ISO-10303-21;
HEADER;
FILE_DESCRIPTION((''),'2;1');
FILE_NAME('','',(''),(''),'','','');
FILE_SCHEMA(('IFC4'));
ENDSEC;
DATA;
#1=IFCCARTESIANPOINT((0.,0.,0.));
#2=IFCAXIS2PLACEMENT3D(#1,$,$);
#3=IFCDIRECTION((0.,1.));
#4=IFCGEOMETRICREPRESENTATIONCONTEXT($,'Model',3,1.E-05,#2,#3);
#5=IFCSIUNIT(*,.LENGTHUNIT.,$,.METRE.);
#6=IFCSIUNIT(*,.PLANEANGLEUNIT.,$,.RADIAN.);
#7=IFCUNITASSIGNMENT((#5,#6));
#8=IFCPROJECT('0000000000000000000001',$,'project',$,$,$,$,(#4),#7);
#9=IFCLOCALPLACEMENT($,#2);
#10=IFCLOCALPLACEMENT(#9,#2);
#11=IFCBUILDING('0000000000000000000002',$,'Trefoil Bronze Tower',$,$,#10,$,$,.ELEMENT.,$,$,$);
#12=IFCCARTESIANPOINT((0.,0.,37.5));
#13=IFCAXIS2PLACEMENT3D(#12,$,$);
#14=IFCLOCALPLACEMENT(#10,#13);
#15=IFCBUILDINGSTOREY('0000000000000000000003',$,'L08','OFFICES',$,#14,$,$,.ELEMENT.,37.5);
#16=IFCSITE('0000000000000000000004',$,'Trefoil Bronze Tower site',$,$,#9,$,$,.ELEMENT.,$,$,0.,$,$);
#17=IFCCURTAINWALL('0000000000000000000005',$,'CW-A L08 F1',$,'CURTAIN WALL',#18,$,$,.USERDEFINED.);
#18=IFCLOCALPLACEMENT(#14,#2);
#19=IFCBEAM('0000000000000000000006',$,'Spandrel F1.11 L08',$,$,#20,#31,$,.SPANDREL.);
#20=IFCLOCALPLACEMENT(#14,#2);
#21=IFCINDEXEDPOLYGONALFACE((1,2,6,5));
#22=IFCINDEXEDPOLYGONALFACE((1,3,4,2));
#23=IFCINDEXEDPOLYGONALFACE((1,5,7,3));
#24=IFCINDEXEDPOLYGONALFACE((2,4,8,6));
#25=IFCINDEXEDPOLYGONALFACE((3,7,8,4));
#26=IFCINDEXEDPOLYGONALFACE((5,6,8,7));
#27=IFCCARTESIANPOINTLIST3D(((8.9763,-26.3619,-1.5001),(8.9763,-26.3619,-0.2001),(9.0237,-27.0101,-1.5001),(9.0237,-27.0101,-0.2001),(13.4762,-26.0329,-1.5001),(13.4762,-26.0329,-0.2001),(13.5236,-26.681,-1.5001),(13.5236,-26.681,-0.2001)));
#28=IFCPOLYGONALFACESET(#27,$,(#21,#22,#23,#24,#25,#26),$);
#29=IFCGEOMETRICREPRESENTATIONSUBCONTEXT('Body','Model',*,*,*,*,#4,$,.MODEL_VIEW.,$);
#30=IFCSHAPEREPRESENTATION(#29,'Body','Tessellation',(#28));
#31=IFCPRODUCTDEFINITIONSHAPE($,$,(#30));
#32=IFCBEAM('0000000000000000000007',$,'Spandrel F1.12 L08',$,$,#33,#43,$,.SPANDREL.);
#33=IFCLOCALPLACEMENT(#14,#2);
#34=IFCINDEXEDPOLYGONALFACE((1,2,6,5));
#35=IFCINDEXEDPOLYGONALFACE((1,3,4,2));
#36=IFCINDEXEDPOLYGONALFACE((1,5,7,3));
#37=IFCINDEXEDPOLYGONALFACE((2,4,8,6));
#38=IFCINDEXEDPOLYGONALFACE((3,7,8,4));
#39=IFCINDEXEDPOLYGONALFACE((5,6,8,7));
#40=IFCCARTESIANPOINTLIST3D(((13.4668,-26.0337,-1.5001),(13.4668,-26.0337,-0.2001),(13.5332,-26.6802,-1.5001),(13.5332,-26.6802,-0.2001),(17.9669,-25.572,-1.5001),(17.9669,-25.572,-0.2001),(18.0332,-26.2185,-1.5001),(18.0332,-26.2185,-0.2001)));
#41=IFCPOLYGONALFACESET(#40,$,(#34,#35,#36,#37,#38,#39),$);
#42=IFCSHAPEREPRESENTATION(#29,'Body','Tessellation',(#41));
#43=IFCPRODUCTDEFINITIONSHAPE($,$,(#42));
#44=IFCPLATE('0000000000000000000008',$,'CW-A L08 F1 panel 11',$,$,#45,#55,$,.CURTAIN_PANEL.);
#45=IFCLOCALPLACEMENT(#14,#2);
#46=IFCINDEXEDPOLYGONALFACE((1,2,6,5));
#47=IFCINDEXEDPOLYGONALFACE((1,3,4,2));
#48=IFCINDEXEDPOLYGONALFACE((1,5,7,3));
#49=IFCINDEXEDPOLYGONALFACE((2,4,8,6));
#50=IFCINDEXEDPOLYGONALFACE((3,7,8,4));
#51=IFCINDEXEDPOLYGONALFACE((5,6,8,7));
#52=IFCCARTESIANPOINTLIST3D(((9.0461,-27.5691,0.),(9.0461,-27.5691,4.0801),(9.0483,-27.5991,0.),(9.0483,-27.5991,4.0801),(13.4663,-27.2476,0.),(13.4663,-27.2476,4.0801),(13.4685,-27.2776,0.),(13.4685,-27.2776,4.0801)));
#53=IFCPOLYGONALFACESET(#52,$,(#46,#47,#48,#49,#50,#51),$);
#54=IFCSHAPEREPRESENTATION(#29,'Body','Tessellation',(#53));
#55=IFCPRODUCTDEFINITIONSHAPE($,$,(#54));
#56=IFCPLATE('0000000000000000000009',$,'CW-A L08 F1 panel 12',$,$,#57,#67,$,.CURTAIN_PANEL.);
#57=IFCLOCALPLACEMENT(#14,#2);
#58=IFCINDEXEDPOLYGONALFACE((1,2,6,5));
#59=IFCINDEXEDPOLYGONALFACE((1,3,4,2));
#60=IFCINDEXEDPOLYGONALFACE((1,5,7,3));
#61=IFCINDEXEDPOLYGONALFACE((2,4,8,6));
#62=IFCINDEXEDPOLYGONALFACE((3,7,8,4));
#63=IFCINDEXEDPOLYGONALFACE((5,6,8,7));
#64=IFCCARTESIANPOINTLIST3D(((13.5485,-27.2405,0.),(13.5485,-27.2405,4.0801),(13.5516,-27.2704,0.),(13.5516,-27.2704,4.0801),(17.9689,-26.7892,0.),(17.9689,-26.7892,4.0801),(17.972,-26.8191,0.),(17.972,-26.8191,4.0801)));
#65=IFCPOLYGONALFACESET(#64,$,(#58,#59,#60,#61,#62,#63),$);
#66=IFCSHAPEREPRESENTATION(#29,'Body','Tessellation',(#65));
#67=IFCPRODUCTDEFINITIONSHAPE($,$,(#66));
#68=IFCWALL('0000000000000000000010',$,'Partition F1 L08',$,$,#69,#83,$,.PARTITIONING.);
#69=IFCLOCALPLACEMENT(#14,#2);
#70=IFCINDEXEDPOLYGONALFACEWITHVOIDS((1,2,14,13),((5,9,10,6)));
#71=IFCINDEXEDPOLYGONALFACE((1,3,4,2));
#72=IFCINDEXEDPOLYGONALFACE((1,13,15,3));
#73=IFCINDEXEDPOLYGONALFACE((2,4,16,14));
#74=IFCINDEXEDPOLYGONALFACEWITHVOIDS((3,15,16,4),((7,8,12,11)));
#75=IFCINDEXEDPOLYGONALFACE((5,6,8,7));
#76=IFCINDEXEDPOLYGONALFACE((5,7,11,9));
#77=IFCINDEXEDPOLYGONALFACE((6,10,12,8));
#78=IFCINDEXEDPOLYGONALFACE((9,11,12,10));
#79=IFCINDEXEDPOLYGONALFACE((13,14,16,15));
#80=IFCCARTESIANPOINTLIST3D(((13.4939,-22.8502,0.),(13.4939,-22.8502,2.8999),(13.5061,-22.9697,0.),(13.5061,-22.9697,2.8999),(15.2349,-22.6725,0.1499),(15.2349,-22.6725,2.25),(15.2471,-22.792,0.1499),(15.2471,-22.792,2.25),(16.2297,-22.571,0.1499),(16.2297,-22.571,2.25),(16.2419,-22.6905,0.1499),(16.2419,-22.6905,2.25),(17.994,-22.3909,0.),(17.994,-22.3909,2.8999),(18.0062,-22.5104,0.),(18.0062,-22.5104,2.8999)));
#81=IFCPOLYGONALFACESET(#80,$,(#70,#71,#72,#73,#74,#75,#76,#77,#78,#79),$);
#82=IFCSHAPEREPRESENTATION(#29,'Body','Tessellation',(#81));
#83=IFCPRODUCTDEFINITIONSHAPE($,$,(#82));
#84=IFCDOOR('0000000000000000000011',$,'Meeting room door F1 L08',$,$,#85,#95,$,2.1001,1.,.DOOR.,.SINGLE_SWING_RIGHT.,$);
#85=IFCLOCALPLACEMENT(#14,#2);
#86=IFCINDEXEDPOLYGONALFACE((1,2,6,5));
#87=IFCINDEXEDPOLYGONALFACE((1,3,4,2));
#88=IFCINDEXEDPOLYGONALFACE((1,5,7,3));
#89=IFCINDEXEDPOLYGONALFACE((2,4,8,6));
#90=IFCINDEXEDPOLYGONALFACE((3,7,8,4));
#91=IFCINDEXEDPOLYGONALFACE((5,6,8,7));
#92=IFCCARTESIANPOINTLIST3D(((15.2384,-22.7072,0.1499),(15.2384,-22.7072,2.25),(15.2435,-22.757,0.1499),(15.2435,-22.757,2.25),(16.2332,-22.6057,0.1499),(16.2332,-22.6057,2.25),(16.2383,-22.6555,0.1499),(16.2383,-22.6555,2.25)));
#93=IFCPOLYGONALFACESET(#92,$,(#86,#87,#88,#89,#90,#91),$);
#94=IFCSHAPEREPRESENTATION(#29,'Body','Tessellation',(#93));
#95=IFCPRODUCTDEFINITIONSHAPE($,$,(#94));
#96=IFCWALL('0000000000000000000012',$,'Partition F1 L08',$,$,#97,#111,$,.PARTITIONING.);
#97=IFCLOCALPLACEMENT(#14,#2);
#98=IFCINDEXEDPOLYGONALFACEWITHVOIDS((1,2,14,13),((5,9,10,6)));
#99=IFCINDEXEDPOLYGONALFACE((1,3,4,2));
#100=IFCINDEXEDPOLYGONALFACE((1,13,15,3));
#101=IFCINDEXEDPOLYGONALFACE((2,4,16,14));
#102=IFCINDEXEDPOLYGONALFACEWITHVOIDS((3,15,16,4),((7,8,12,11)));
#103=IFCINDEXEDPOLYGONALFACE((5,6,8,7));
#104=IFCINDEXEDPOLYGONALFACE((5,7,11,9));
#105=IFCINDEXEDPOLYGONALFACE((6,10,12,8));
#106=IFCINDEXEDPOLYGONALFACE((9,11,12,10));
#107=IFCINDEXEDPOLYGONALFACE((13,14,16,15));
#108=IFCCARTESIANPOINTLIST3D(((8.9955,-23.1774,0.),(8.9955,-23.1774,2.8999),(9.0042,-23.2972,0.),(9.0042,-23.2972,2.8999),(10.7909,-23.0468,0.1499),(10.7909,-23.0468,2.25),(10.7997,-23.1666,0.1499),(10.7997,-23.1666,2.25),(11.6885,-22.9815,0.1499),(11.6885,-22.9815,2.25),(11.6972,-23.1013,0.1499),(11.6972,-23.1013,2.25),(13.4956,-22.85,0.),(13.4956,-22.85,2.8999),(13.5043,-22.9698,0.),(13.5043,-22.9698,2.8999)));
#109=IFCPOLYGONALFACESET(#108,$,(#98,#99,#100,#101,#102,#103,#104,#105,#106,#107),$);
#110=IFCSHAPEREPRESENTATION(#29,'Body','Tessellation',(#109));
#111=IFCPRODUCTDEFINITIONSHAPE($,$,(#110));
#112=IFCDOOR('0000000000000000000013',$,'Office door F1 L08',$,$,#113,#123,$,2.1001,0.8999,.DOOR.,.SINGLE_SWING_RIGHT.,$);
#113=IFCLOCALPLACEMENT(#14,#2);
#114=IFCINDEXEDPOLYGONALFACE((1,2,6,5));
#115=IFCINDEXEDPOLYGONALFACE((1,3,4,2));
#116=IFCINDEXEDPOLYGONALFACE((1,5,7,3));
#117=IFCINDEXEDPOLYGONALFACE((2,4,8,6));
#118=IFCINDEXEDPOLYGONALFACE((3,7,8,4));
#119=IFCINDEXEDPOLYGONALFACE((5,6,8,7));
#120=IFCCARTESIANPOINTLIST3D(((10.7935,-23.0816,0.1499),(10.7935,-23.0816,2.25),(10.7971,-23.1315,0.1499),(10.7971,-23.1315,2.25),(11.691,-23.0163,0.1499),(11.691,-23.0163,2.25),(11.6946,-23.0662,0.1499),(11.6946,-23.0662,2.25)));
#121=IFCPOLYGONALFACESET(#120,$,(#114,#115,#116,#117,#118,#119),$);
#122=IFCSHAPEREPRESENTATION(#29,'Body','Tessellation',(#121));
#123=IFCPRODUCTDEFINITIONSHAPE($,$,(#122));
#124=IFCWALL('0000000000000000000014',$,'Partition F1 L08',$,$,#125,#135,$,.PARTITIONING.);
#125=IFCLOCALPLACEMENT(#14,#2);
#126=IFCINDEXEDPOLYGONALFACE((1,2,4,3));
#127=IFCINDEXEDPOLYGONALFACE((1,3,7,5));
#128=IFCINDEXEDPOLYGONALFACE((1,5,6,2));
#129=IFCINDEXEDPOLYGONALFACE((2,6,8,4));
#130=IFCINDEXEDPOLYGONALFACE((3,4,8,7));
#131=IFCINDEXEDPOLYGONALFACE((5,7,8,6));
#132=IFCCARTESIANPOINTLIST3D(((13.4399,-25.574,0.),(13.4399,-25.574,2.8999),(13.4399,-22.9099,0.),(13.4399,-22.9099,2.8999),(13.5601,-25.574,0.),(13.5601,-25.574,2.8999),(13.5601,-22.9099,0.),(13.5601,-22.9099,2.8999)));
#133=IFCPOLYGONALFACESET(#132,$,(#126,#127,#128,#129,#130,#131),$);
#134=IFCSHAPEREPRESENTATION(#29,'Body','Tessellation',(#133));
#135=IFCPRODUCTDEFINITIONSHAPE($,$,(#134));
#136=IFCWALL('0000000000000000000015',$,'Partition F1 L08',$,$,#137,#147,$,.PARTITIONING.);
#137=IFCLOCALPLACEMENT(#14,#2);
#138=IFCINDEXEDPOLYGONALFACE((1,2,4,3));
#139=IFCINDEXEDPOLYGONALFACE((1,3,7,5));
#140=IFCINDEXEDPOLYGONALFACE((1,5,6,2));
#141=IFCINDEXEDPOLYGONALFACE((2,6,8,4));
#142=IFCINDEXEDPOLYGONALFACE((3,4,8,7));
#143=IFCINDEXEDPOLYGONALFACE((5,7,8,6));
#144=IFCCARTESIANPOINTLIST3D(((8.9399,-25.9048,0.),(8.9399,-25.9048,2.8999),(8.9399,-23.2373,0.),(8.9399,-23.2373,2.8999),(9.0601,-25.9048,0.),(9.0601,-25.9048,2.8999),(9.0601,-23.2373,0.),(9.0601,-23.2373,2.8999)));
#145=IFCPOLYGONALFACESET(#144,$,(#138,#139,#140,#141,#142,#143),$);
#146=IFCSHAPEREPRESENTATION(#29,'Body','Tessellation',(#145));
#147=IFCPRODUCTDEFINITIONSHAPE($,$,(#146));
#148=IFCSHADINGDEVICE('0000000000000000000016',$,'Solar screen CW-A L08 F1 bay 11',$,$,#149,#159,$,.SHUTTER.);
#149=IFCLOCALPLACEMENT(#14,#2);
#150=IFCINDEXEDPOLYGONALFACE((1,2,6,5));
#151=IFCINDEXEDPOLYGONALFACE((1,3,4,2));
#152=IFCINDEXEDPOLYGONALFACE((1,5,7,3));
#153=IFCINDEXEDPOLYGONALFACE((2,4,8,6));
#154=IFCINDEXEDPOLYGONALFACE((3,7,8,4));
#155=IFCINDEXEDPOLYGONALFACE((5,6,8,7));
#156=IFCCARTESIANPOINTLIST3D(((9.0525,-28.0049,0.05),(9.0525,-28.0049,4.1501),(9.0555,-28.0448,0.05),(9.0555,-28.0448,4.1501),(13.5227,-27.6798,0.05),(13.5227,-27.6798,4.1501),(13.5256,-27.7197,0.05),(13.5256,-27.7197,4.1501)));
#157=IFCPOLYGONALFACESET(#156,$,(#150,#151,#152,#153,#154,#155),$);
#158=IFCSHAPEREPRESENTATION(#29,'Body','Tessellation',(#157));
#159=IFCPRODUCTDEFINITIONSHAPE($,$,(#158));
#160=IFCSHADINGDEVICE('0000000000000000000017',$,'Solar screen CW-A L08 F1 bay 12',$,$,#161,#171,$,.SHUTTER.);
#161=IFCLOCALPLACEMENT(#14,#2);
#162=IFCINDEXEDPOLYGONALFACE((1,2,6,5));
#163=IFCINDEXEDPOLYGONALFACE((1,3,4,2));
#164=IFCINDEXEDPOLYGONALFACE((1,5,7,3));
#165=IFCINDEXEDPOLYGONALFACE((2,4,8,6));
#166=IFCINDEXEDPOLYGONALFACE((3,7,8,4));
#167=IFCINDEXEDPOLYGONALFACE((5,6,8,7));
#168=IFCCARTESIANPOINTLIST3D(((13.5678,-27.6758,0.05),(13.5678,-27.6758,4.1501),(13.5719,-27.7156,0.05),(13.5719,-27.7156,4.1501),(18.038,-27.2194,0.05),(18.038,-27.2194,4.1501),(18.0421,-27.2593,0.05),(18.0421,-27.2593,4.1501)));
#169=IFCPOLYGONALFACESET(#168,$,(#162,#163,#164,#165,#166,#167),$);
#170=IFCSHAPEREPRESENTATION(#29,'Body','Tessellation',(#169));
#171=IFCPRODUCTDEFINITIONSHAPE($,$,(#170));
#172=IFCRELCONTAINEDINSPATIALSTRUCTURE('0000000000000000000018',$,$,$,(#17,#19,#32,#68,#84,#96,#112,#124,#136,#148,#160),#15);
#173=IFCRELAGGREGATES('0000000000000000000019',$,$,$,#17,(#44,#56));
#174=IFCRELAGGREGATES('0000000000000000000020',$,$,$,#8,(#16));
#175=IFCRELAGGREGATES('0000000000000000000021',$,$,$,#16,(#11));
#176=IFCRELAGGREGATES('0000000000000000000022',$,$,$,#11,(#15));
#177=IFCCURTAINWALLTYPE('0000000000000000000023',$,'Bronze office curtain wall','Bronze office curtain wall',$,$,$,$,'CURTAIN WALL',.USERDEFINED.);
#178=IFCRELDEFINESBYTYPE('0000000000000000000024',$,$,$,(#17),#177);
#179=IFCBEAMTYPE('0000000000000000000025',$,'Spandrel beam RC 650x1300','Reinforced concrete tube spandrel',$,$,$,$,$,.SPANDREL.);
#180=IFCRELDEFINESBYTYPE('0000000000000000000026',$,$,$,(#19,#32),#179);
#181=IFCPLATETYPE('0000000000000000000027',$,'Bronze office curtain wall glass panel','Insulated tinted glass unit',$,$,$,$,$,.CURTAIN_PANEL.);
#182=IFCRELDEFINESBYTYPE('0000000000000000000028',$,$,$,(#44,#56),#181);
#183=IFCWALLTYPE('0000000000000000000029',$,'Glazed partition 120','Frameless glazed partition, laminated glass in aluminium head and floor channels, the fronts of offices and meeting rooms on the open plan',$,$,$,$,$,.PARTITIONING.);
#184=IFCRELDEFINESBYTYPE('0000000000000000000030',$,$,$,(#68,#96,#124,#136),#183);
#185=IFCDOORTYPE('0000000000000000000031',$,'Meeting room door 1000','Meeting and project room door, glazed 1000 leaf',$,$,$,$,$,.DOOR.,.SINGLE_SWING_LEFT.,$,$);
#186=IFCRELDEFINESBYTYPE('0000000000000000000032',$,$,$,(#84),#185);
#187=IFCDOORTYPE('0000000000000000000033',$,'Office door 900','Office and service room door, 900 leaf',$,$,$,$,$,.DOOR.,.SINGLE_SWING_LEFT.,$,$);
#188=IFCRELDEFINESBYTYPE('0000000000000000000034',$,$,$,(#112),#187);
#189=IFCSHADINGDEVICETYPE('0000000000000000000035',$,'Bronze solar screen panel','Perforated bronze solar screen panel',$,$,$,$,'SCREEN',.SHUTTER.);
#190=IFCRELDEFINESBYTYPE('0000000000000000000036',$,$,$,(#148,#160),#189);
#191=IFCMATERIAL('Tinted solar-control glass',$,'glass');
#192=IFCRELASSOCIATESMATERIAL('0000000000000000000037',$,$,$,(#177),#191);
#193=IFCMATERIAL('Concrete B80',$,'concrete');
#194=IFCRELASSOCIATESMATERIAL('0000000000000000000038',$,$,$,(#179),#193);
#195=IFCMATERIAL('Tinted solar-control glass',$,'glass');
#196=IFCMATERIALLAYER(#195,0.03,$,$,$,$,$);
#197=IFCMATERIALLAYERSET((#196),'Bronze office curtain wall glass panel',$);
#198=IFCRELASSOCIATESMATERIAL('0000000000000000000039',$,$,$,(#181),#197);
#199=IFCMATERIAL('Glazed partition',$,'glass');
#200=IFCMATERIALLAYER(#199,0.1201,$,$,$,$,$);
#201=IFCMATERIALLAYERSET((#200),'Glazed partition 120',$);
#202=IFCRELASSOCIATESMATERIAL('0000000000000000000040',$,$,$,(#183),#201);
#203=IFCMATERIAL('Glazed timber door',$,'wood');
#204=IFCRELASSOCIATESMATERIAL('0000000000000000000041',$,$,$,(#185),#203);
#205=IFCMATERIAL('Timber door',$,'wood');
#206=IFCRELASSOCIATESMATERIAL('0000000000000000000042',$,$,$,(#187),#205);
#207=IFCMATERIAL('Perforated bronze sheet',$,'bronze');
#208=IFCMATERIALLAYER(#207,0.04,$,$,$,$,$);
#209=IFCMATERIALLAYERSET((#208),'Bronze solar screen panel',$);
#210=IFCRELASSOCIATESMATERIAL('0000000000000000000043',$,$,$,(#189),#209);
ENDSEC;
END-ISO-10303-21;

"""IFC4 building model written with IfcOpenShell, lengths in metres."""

from ifc_helpers import new_model, si_unit, direction, frame, frame_2d, origin, origin_2d, place, context, subcontext, project, spatial, rectangle, extrude, material, layer, layer_set, material_profile, profile_set, type_object, element, fill, aggregate, save


model = new_model("IFC4")

# Units and contexts
model_context = context("Model", 3, precision=1e-05, world=origin(), true_north=direction((0.0, 1.0)))
body_context = subcontext(model_context, "Body", "Model", "MODEL_VIEW")
ifc_project = project(units=[si_unit("LENGTHUNIT", "METRE"), si_unit("PLANEANGLEUNIT", "RADIAN")], contexts=[model_context])

# Site, building, storey
site_placement = place(None, origin())
site = spatial("IfcSite", under=ifc_project, at=site_placement, Name="Trefoil Bronze Tower site", CompositionType="ELEMENT", RefElevation=0.0)
building_placement = place(site_placement, origin())
building = spatial("IfcBuilding", under=site, at=building_placement, Name="Trefoil Bronze Tower", CompositionType="ELEMENT")
storey_placement = place(building_placement, frame((0.0, 0.0, 37.5)))
storey = spatial("IfcBuildingStorey", under=building, at=storey_placement, Name="L08", Description="OFFICES", CompositionType="ELEMENT", Elevation=37.5)

# Curtain wall
ifc_material_1 = material(Name="Tinted solar-control glass", Category="glass")
curtain_wall_type = type_object("IfcCurtainWallType", Name="Bronze office curtain wall", Description="Bronze office curtain wall", ElementType="CURTAIN WALL", PredefinedType="USERDEFINED", material=ifc_material_1)
curtain_wall_placement = place(storey_placement, origin())
curtain_wall = element("IfcCurtainWall", 1, at=curtain_wall_placement, inside=storey, type_object=curtain_wall_type, Name="CW-A L08 F1", ObjectType="CURTAIN WALL", PredefinedType="USERDEFINED")

# Beams
ifc_material_2 = material(Name="Concrete B80", Category="concrete")
ifc_material_profile_1 = material_profile(ifc_material_2, rectangle(XDim=0.6499, YDim=1.3, at=origin_2d()), Name="RC 650x1300")
ifc_profile_set_1 = profile_set([ifc_material_profile_1], Name="Concrete B80")
beam_type_1 = type_object("IfcBeamType", Name="Spandrel beam RC 650x1300", Description="Reinforced concrete tube spandrel", PredefinedType="SPANDREL", material=ifc_profile_set_1)
beam_1_placement = place(storey_placement, frame((9.0, -26.686, -0.8501), z_axis=(0.997336, 0.072939, 0.0), x_axis=(-0.072939, 0.997336, 0.0)))
element("IfcBeam", 2, at=beam_1_placement, inside=storey, type_object=beam_type_1, Name="Spandrel F1.11 L08", PredefinedType="SPANDREL", context=body_context, shape_type="SweptSolid", body=[
    extrude(rectangle(XDim=0.6499, YDim=1.3, at=origin_2d()), origin(), (0.0, 0.0, 1.0), 4.512),
])
beam_2_placement = place(storey_placement, frame((13.5, -26.3569, -0.8501), z_axis=(0.994778, 0.102058, 0.0), x_axis=(-0.102058, 0.994778, 0.0)))
element("IfcBeam", 3, at=beam_2_placement, inside=storey, type_object=beam_type_1, Name="Spandrel F1.12 L08", PredefinedType="SPANDREL", context=body_context, shape_type="SweptSolid", body=[
    extrude(rectangle(XDim=0.6499, YDim=1.3, at=origin_2d()), origin(), (0.0, 0.0, 1.0), 4.5237),
])

# Plates
ifc_material_3 = material(Name="Tinted solar-control glass", Category="glass")
ifc_layer_1 = layer(ifc_material_3, 0.03)
ifc_layer_set_1 = layer_set([ifc_layer_1], Name="Bronze office curtain wall glass panel")
plate_type = type_object("IfcPlateType", Name="Bronze office curtain wall glass panel", Description="Insulated tinted glass unit", PredefinedType="CURTAIN_PANEL", material=ifc_layer_set_1)
plate_1_placement = place(storey_placement, frame((11.2573, -27.4233, 0.0), z_axis=(0.0, 0.0, 1.0), x_axis=(0.997365, 0.072547, 0.0)))
plate_1 = element("IfcPlate", 4, at=plate_1_placement, type_object=plate_type, Name="CW-A L08 F1 panel 11", PredefinedType="CURTAIN_PANEL", context=body_context, shape_type="SweptSolid", body=[
    extrude(rectangle(XDim=4.4319, YDim=0.03, at=origin_2d()), origin(), (0.0, 0.0, 1.0), 4.0801),
])
plate_2_placement = place(storey_placement, frame((15.7603, -27.0298, 0.0), z_axis=(0.0, 0.0, 1.0), x_axis=(0.994829, 0.101565, 0.0)))
plate_2 = element("IfcPlate", 5, at=plate_2_placement, type_object=plate_type, Name="CW-A L08 F1 panel 12", PredefinedType="CURTAIN_PANEL", context=body_context, shape_type="SweptSolid", body=[
    extrude(rectangle(XDim=4.4434, YDim=0.03, at=origin_2d()), origin(), (0.0, 0.0, 1.0), 4.0801),
])
aggregate(curtain_wall, [plate_1, plate_2])

# Walls, openings, doors
ifc_material_4 = material(Name="Glazed partition", Category="glass")
ifc_layer_2 = layer(ifc_material_4, 0.1201)
ifc_layer_set_2 = layer_set([ifc_layer_2], Name="Glazed partition 120")
wall_type = type_object("IfcWallType", Name="Glazed partition 120", Description="Frameless glazed partition, laminated glass in aluminium head and floor channels, the fronts of offices and meeting rooms on the open plan", PredefinedType="PARTITIONING", material=ifc_layer_set_2)
wall_1_placement = place(storey_placement, frame((13.5, -22.9099, 0.0), z_axis=(0.0, 0.0, 1.0), x_axis=(0.994833, 0.101523, 0.0)))
wall_1 = element("IfcWall", 6, at=wall_1_placement, inside=storey, type_object=wall_type, Name="Partition F1 L08", PredefinedType="PARTITIONING", context=body_context, shape_type="SweptSolid", body=[
    extrude(rectangle(XDim=4.5234, YDim=0.1201, at=frame_2d((2.2617, 0.0))), origin(), (0.0, 0.0, 1.0), 2.8999),
])
opening_1_placement = place(wall_1_placement, frame((1.75, 0.0, 0.1499)))
opening_1 = element("IfcOpeningElement", 7, at=opening_1_placement, cuts=wall_1, PredefinedType="OPENING", context=body_context, shape_type="SweptSolid", body=[
    extrude(rectangle(XDim=1.0, YDim=2.1001, at=frame_2d((0.5, 1.05))), frame((0.0, 0.0701, 0.0), z_axis=(0.0, -1.0, 0.0), x_axis=(1.0, 0.0, 0.0)), (0.0, 0.0, 1.0), 0.1401),
])
ifc_material_5 = material(Name="Glazed timber door", Category="wood")
door_type_1 = type_object("IfcDoorType", Name="Meeting room door 1000", Description="Meeting and project room door, glazed 1000 leaf", OperationType="SINGLE_SWING_LEFT", PredefinedType="DOOR", material=ifc_material_5)
door_1_placement = place(opening_1_placement, frame((1.0, 0.0, 0.0), z_axis=(0.0, 0.0, 1.0), x_axis=(-1.0, 0.0, 0.0)))
door_1 = element("IfcDoor", 8, at=door_1_placement, inside=storey, type_object=door_type_1, Name="Meeting room door F1 L08", OperationType="SINGLE_SWING_RIGHT", OverallHeight=2.1001, OverallWidth=1.0, PredefinedType="DOOR", context=body_context, shape_type="SweptSolid", body=[
    extrude(rectangle(XDim=1.0, YDim=2.1001, at=frame_2d((0.5, 1.05))), frame((0.0, 0.0249, 0.0), z_axis=(0.0, -1.0, 0.0), x_axis=(1.0, 0.0, 0.0)), (0.0, 0.0, 1.0), 0.05),
])
fill(opening_1, door_1)
wall_2_placement = place(storey_placement, frame((9.0, -23.2373, 0.0), z_axis=(0.0, 0.0, 1.0), x_axis=(0.997364, 0.072562, 0.0)))
wall_2 = element("IfcWall", 9, at=wall_2_placement, inside=storey, type_object=wall_type, Name="Partition F1 L08", PredefinedType="PARTITIONING", context=body_context, shape_type="SweptSolid", body=[
    extrude(rectangle(XDim=4.512, YDim=0.1201, at=frame_2d((2.2559, 0.0))), origin(), (0.0, 0.0, 1.0), 2.8999),
])
opening_2_placement = place(wall_2_placement, frame((1.8, 0.0, 0.1499)))
opening_2 = element("IfcOpeningElement", 10, at=opening_2_placement, cuts=wall_2, PredefinedType="OPENING", context=body_context, shape_type="SweptSolid", body=[
    extrude(rectangle(XDim=0.8999, YDim=2.1001, at=frame_2d((0.45, 1.05))), frame((0.0, 0.0701, 0.0), z_axis=(0.0, -1.0, 0.0), x_axis=(1.0, 0.0, 0.0)), (0.0, 0.0, 1.0), 0.1401),
])
ifc_material_6 = material(Name="Timber door", Category="wood")
door_type_2 = type_object("IfcDoorType", Name="Office door 900", Description="Office and service room door, 900 leaf", OperationType="SINGLE_SWING_LEFT", PredefinedType="DOOR", material=ifc_material_6)
door_2_placement = place(opening_2_placement, frame((0.8999, 0.0, 0.0), z_axis=(0.0, 0.0, 1.0), x_axis=(-1.0, 0.0, 0.0)))
door_2 = element("IfcDoor", 11, at=door_2_placement, inside=storey, type_object=door_type_2, Name="Office door F1 L08", OperationType="SINGLE_SWING_RIGHT", OverallHeight=2.1001, OverallWidth=0.8999, PredefinedType="DOOR", context=body_context, shape_type="SweptSolid", body=[
    extrude(rectangle(XDim=0.8999, YDim=2.1001, at=frame_2d((0.45, 1.05))), frame((0.0, 0.0249, 0.0), z_axis=(0.0, -1.0, 0.0), x_axis=(1.0, 0.0, 0.0)), (0.0, 0.0, 1.0), 0.05),
])
fill(opening_2, door_2)

# Walls
wall_3_placement = place(storey_placement, frame((13.5, -22.9099, 0.0), z_axis=(0.0, 0.0, 1.0), x_axis=(0.0, -1.0, 0.0)))
element("IfcWall", 12, at=wall_3_placement, inside=storey, type_object=wall_type, Name="Partition F1 L08", PredefinedType="PARTITIONING", context=body_context, shape_type="SweptSolid", body=[
    extrude(rectangle(XDim=2.6641, YDim=0.1201, at=frame_2d((1.332, 0.0))), origin(), (0.0, 0.0, 1.0), 2.8999),
])
wall_4_placement = place(storey_placement, frame((9.0, -23.2373, 0.0), z_axis=(0.0, 0.0, 1.0), x_axis=(0.0, -1.0, 0.0)))
element("IfcWall", 13, at=wall_4_placement, inside=storey, type_object=wall_type, Name="Partition F1 L08", PredefinedType="PARTITIONING", context=body_context, shape_type="SweptSolid", body=[
    extrude(rectangle(XDim=2.6675, YDim=0.1201, at=frame_2d((1.3337, 0.0))), origin(), (0.0, 0.0, 1.0), 2.8999),
])

# Shading devices
ifc_material_7 = material(Name="Perforated bronze sheet", Category="bronze")
ifc_layer_3 = layer(ifc_material_7, 0.04)
ifc_layer_set_3 = layer_set([ifc_layer_3], Name="Bronze solar screen panel")
shading_device_type = type_object("IfcShadingDeviceType", Name="Bronze solar screen panel", Description="Perforated bronze solar screen panel", ElementType="SCREEN", PredefinedType="SHUTTER", material=ifc_layer_set_3)
shading_device_1_placement = place(storey_placement, frame((11.2891, -27.8623, 0.05), z_axis=(0.0, 0.0, 1.0), x_axis=(0.997365, 0.072547, 0.0)))
element("IfcShadingDevice", 14, at=shading_device_1_placement, inside=storey, type_object=shading_device_type, Name="Solar screen CW-A L08 F1 bay 11", PredefinedType="SHUTTER", context=body_context, shape_type="SweptSolid", body=[
    extrude(rectangle(XDim=4.4819, YDim=0.04, at=origin_2d()), origin(), (0.0, 0.0, 1.0), 4.1001),
])
shading_device_2_placement = place(storey_placement, frame((15.8049, -27.4675, 0.05), z_axis=(0.0, 0.0, 1.0), x_axis=(0.994829, 0.101565, 0.0)))
element("IfcShadingDevice", 15, at=shading_device_2_placement, inside=storey, type_object=shading_device_type, Name="Solar screen CW-A L08 F1 bay 12", PredefinedType="SHUTTER", context=body_context, shape_type="SweptSolid", body=[
    extrude(rectangle(XDim=4.4934, YDim=0.04, at=origin_2d()), origin(), (0.0, 0.0, 1.0), 4.1001),
])

save(model, "model.ifc")
